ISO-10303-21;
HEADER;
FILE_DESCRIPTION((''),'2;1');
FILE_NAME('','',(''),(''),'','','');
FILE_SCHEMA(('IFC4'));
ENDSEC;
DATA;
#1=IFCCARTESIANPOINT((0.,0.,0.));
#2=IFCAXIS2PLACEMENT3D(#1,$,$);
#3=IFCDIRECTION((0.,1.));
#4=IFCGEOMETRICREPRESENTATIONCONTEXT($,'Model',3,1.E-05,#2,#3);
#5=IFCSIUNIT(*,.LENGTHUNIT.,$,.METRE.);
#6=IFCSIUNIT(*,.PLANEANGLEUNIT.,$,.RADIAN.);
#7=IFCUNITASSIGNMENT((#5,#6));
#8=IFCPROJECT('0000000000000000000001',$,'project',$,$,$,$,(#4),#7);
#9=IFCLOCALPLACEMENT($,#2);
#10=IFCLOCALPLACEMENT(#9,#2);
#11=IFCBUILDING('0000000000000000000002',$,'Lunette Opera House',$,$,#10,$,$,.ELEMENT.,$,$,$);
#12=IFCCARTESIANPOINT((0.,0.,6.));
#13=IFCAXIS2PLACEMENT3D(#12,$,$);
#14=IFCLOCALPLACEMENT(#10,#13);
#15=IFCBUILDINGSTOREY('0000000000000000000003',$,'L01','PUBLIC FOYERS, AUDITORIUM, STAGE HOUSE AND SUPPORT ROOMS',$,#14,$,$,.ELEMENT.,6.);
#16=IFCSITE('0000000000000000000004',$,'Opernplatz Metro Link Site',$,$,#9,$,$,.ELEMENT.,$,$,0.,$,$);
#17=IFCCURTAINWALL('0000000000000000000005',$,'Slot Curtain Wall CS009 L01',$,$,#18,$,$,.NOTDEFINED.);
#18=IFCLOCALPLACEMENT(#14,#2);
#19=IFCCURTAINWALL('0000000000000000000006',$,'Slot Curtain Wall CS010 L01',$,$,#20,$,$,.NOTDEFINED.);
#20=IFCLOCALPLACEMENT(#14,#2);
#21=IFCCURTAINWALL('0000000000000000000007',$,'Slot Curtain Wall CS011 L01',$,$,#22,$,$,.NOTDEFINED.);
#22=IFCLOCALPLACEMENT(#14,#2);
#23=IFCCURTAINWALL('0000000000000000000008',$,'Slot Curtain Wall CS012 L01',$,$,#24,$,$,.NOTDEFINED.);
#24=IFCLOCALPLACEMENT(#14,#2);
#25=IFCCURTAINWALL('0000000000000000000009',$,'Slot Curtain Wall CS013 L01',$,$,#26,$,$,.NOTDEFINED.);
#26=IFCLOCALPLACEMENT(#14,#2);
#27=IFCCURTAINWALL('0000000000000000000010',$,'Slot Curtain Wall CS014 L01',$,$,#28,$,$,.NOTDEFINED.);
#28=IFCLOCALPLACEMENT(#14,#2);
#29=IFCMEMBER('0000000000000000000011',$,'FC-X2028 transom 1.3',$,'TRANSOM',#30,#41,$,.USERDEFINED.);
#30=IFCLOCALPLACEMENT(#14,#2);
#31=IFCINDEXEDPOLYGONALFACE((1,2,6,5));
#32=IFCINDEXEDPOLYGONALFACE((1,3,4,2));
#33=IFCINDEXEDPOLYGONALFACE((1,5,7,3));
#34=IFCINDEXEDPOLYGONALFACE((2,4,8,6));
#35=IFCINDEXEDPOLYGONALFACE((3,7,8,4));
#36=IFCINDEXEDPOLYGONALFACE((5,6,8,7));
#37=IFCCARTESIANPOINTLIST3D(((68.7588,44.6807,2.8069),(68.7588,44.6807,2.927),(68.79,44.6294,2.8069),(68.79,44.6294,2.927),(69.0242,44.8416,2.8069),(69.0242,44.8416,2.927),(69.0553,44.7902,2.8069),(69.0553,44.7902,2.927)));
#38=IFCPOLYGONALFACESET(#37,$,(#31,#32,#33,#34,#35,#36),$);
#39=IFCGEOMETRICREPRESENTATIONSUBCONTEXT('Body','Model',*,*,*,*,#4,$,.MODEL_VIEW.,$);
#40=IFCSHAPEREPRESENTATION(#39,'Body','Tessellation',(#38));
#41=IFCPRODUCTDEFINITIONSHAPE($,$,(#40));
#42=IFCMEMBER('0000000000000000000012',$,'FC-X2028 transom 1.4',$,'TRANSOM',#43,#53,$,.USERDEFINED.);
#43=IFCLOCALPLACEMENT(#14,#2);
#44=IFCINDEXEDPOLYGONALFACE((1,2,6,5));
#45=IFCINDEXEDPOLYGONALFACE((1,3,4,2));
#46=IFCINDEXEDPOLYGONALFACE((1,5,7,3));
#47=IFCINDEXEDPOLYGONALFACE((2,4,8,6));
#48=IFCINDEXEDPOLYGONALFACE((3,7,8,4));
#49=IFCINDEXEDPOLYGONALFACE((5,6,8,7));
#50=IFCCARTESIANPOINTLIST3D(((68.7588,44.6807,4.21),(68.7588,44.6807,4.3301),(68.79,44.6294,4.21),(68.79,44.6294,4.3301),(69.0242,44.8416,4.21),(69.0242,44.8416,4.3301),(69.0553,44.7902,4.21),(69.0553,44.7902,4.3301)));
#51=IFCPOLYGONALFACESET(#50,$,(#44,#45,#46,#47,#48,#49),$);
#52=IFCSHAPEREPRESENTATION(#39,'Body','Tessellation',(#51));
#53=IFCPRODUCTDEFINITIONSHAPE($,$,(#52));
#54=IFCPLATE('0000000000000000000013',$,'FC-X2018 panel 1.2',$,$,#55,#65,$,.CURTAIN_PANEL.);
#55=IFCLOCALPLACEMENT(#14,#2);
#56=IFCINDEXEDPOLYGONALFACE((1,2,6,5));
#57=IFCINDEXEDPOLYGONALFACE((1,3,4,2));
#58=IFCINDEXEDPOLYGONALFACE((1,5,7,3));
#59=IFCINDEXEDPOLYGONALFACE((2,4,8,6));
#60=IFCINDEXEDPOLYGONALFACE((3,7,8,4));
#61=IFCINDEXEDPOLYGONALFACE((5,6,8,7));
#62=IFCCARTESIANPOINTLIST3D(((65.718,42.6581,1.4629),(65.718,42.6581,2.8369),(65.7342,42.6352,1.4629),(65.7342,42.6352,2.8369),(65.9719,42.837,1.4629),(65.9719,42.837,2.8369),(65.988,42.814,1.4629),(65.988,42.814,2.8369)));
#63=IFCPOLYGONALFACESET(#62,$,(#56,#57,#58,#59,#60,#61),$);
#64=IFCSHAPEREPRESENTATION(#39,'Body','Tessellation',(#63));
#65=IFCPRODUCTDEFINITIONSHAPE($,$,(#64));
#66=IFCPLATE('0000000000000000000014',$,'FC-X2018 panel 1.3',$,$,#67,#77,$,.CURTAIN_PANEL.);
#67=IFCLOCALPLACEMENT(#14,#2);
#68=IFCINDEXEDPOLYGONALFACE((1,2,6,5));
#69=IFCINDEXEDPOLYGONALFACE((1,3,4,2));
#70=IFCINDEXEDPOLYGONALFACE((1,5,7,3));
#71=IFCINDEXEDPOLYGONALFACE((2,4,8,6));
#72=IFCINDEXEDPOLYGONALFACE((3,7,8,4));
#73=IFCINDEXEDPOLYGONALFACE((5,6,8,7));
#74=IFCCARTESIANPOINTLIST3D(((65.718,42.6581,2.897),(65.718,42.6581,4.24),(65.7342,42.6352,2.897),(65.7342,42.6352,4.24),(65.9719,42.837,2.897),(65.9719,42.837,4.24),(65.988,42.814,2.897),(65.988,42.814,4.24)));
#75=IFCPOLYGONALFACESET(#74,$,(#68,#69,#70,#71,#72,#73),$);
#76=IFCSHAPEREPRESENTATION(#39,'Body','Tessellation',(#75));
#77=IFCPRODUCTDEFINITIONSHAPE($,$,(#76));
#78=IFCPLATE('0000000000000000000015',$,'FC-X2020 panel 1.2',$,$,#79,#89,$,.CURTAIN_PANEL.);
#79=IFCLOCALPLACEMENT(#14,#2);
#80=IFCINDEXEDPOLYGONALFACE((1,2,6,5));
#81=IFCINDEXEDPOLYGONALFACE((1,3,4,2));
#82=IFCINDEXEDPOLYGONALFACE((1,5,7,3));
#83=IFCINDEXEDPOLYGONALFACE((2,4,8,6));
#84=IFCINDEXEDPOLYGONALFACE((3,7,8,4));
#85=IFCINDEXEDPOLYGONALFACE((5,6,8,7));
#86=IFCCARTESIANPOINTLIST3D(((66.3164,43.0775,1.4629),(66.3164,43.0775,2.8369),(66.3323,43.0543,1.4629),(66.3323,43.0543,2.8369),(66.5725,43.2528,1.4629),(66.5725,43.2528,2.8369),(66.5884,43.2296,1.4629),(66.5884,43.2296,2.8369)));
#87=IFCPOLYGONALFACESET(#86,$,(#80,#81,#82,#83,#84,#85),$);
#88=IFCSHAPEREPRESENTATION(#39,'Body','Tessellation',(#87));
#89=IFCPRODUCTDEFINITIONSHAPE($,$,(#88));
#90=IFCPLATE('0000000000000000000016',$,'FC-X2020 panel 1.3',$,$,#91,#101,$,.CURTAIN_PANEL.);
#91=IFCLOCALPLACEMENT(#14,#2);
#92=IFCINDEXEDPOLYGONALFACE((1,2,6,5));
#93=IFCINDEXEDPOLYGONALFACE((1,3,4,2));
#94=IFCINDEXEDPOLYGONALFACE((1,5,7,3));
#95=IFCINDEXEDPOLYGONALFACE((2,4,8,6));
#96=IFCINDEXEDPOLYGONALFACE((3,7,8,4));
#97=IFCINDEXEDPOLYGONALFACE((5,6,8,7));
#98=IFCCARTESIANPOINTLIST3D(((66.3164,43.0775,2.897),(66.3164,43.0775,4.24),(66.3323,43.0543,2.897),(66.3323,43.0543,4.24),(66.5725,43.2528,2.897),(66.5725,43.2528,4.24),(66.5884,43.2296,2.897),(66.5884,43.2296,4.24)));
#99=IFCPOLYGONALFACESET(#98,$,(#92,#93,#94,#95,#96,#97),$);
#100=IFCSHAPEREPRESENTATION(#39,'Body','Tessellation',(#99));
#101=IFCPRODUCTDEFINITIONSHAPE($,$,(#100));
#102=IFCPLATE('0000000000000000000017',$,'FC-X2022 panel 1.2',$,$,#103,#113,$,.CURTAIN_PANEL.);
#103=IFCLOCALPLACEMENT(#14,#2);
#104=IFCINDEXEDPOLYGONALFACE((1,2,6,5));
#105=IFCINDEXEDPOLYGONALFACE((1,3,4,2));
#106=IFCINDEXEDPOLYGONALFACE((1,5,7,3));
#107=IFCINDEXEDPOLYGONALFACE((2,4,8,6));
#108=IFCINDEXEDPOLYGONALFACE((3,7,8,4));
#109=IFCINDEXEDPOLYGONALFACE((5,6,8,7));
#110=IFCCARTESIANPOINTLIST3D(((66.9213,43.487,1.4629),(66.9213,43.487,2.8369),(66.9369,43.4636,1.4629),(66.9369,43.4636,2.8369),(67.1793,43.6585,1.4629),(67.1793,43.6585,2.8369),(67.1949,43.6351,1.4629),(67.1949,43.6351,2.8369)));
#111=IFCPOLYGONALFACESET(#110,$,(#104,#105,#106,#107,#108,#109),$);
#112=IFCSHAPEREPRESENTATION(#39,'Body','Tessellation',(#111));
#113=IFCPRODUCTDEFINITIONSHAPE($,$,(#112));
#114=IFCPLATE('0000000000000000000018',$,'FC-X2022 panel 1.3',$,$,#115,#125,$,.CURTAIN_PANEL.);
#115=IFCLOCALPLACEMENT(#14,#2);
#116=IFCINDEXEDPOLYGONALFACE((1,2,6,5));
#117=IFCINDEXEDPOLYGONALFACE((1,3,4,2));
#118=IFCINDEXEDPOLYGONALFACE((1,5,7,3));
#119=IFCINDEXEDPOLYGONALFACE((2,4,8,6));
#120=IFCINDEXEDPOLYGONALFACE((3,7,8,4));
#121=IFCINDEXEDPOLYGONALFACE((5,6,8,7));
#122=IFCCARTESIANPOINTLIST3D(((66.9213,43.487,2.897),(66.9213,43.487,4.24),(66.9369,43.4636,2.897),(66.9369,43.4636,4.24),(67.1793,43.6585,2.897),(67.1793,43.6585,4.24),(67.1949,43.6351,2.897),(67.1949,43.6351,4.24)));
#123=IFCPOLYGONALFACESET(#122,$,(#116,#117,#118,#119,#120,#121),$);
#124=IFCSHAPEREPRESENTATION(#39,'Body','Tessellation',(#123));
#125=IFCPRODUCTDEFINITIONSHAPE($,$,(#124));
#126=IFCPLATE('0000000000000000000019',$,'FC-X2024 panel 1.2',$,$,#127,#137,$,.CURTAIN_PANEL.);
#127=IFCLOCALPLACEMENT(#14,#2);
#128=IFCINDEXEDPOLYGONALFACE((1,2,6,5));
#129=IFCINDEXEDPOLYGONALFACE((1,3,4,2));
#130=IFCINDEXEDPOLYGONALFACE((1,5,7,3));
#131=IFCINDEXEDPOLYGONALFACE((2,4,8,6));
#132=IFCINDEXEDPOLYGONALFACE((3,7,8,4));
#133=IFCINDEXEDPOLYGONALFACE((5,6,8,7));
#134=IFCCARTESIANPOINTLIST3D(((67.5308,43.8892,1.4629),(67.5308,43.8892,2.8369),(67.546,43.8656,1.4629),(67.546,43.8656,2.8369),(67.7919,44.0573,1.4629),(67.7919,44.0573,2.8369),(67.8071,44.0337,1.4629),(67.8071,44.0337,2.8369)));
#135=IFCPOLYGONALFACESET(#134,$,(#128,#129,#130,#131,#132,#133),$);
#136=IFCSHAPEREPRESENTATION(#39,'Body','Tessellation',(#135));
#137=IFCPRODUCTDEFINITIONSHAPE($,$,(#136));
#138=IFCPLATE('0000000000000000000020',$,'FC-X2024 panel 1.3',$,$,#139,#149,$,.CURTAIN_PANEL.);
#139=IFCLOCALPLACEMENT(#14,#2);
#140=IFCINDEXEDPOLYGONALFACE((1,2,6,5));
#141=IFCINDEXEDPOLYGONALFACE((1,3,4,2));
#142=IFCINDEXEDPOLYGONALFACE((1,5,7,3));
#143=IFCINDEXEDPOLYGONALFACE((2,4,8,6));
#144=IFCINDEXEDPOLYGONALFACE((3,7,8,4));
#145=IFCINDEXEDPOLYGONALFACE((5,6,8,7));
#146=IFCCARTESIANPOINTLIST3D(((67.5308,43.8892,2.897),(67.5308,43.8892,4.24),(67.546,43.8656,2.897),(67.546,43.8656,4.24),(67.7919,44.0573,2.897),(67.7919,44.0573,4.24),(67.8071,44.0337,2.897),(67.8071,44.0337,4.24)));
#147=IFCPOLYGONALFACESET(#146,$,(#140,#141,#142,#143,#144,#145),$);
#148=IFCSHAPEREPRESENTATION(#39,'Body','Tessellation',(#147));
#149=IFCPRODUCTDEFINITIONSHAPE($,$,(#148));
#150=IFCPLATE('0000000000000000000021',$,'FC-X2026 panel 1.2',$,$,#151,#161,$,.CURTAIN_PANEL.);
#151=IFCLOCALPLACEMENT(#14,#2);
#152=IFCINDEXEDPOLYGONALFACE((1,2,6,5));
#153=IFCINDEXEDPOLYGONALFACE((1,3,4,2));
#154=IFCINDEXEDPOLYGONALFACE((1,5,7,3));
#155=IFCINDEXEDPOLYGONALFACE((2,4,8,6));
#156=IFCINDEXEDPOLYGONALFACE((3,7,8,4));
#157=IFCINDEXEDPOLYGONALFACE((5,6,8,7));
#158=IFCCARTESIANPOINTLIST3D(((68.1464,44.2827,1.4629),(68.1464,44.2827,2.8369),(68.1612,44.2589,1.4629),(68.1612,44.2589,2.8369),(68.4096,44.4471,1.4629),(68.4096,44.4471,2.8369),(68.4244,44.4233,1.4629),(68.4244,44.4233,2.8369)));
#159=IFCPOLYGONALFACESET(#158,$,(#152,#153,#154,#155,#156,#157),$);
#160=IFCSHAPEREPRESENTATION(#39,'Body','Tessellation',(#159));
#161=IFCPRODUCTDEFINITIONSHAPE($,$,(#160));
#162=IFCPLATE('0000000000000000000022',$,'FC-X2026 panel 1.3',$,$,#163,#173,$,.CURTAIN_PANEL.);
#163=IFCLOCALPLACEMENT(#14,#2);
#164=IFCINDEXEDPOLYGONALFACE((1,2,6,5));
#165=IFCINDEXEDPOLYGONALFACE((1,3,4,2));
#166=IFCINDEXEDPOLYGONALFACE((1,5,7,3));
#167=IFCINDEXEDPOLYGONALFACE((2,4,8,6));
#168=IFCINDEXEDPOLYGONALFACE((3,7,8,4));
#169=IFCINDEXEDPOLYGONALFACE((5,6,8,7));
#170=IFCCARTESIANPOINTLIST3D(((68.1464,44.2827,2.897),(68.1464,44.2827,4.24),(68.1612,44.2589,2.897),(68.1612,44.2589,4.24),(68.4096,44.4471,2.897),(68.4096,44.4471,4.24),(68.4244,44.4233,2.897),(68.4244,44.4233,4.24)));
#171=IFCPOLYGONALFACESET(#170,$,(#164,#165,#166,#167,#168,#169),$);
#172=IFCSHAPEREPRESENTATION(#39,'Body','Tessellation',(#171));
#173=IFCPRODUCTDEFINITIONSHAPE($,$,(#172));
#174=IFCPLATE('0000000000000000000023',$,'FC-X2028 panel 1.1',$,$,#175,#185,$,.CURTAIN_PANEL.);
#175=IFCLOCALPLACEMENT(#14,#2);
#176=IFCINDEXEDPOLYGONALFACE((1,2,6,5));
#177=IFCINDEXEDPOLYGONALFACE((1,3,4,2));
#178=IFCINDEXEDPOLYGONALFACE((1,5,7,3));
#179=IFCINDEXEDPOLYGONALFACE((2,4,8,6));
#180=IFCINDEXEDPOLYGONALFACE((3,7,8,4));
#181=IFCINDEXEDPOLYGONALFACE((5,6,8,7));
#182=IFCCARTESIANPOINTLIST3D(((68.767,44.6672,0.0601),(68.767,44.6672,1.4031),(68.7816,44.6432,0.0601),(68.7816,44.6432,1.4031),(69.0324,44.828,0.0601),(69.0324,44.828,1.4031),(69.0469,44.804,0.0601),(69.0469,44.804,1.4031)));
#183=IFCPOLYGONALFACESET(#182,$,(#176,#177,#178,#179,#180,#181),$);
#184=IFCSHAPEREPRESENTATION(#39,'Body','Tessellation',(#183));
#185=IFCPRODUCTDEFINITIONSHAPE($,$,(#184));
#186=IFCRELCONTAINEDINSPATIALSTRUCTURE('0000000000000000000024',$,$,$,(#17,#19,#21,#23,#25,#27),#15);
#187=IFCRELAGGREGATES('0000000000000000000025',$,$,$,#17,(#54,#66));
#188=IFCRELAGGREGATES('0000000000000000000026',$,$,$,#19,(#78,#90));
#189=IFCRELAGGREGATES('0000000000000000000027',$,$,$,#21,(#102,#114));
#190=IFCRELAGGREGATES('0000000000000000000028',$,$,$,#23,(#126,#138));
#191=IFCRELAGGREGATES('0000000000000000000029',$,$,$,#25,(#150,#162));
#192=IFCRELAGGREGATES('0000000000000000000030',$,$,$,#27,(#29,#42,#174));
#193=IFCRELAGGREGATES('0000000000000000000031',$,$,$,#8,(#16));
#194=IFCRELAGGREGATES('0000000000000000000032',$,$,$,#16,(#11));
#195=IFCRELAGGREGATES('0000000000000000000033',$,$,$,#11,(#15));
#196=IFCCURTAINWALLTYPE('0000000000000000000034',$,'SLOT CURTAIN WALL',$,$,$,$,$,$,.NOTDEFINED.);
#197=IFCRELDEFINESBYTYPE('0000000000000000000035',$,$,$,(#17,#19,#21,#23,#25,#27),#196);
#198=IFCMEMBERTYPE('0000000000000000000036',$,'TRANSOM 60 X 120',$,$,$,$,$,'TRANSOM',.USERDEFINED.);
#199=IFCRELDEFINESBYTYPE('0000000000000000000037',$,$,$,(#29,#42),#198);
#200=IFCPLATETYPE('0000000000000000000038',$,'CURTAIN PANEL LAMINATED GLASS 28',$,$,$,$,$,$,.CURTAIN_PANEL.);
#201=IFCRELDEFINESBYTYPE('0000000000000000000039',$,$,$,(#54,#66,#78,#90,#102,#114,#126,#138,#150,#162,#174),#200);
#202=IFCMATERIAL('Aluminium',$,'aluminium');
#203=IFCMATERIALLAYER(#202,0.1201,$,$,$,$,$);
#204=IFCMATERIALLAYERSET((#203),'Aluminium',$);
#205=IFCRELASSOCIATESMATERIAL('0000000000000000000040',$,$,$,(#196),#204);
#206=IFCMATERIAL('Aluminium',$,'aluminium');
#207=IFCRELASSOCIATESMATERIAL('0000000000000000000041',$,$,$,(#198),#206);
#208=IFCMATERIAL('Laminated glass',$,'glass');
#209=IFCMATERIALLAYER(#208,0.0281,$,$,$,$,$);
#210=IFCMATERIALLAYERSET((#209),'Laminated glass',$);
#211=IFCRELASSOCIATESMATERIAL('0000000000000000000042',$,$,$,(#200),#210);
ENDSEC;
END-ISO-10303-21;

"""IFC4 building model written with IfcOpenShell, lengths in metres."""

from ifc_helpers import new_model, si_unit, direction, frame, origin, origin_2d, place, context, subcontext, project, spatial, rectangle, extrude, material, layer, layer_set, material_profile, profile_set, type_object, element, aggregate, save


model = new_model("IFC4")

# Units and contexts
model_context = context("Model", 3, precision=1e-05, world=origin(), true_north=direction((0.0, 1.0)))
body_context = subcontext(model_context, "Body", "Model", "MODEL_VIEW")
ifc_project = project(units=[si_unit("LENGTHUNIT", "METRE"), si_unit("PLANEANGLEUNIT", "RADIAN")], contexts=[model_context])

# Site, building, storey
site_placement = place(None, origin())
site = spatial("IfcSite", under=ifc_project, at=site_placement, Name="Opernplatz Metro Link Site", CompositionType="ELEMENT", RefElevation=0.0)
building_placement = place(site_placement, origin())
building = spatial("IfcBuilding", under=site, at=building_placement, Name="Lunette Opera House", CompositionType="ELEMENT")
storey_placement = place(building_placement, frame((0.0, 0.0, 6.0)))
storey = spatial("IfcBuildingStorey", under=building, at=storey_placement, Name="L01", Description="PUBLIC FOYERS, AUDITORIUM, STAGE HOUSE AND SUPPORT ROOMS", CompositionType="ELEMENT", Elevation=6.0)

# Curtain walls, members
ifc_material_1 = material(Name="Aluminium", Category="aluminium")
ifc_layer_1 = layer(ifc_material_1, 0.1201)
ifc_layer_set_1 = layer_set([ifc_layer_1], Name="Aluminium")
curtain_wall_type = type_object("IfcCurtainWallType", Name="SLOT CURTAIN WALL", PredefinedType="NOTDEFINED", material=ifc_layer_set_1)
curtain_wall_1_placement = place(storey_placement, origin())
curtain_wall_1 = element("IfcCurtainWall", 1, at=curtain_wall_1_placement, inside=storey, type_object=curtain_wall_type, Name="Slot Curtain Wall CS009 L01", PredefinedType="NOTDEFINED")
ifc_material_2 = material(Name="Aluminium", Category="aluminium")
ifc_material_profile = material_profile(ifc_material_2, rectangle(XDim=0.0601, YDim=0.1201, at=origin_2d()), Name="TRANSOM 60 X 120")
ifc_profile_set = profile_set([ifc_material_profile], Name="Aluminium")
member_type = type_object("IfcMemberType", Name="TRANSOM 60 X 120", ElementType="TRANSOM", PredefinedType="USERDEFINED", material=ifc_profile_set)
curtain_wall_2_placement = place(storey_placement, origin())
curtain_wall_2 = element("IfcCurtainWall", 2, at=curtain_wall_2_placement, inside=storey, type_object=curtain_wall_type, Name="Slot Curtain Wall CS010 L01", PredefinedType="NOTDEFINED")
curtain_wall_3_placement = place(storey_placement, origin())
curtain_wall_3 = element("IfcCurtainWall", 3, at=curtain_wall_3_placement, inside=storey, type_object=curtain_wall_type, Name="Slot Curtain Wall CS011 L01", PredefinedType="NOTDEFINED")
curtain_wall_4_placement = place(storey_placement, origin())
curtain_wall_4 = element("IfcCurtainWall", 4, at=curtain_wall_4_placement, inside=storey, type_object=curtain_wall_type, Name="Slot Curtain Wall CS012 L01", PredefinedType="NOTDEFINED")
curtain_wall_5_placement = place(storey_placement, origin())
curtain_wall_5 = element("IfcCurtainWall", 5, at=curtain_wall_5_placement, inside=storey, type_object=curtain_wall_type, Name="Slot Curtain Wall CS013 L01", PredefinedType="NOTDEFINED")
curtain_wall_6_placement = place(storey_placement, origin())
curtain_wall_6 = element("IfcCurtainWall", 6, at=curtain_wall_6_placement, inside=storey, type_object=curtain_wall_type, Name="Slot Curtain Wall CS014 L01", PredefinedType="NOTDEFINED")
member_1_placement = place(storey_placement, frame((68.7744, 44.655, 2.8669), z_axis=(0.855124, 0.518424, 0.0), x_axis=(-0.518424, 0.855124, 0.0)))
member_1 = element("IfcMember", 7, at=member_1_placement, type_object=member_type, Name="FC-X2028 transom 1.3", ObjectType="TRANSOM", PredefinedType="USERDEFINED", context=body_context, shape_type="SweptSolid", body=[
    extrude(rectangle(XDim=0.0601, YDim=0.1201, at=origin_2d()), origin(), (0.0, 0.0, 1.0), 0.3103),
])
member_2_placement = place(storey_placement, frame((68.7744, 44.655, 4.27), z_axis=(0.855124, 0.518424, 0.0), x_axis=(-0.518424, 0.855124, 0.0)))
member_2 = element("IfcMember", 8, at=member_2_placement, type_object=member_type, Name="FC-X2028 transom 1.4", ObjectType="TRANSOM", PredefinedType="USERDEFINED", context=body_context, shape_type="SweptSolid", body=[
    extrude(rectangle(XDim=0.0601, YDim=0.1201, at=origin_2d()), origin(), (0.0, 0.0, 1.0), 0.3103),
])

# Plates
ifc_material_3 = material(Name="Laminated glass", Category="glass")
ifc_layer_2 = layer(ifc_material_3, 0.0281)
ifc_layer_set_2 = layer_set([ifc_layer_2], Name="Laminated glass")
plate_type = type_object("IfcPlateType", Name="CURTAIN PANEL LAMINATED GLASS 28", PredefinedType="CURTAIN_PANEL", material=ifc_layer_set_2)
plate_1_placement = place(storey_placement, frame((65.853, 42.7361, 1.4629), z_axis=(0.0, 0.0, 1.0), x_axis=(0.817482, 0.575954, 0.0)))
plate_1 = element("IfcPlate", 9, at=plate_1_placement, type_object=plate_type, Name="FC-X2018 panel 1.2", PredefinedType="CURTAIN_PANEL", context=body_context, shape_type="SweptSolid", body=[
    extrude(rectangle(XDim=0.3105, YDim=0.0281, at=origin_2d()), origin(), (0.0, 0.0, 1.0), 1.374),
])
plate_2_placement = place(storey_placement, frame((65.853, 42.7361, 2.897), z_axis=(0.0, 0.0, 1.0), x_axis=(0.817482, 0.575954, 0.0)))
plate_2 = element("IfcPlate", 10, at=plate_2_placement, type_object=plate_type, Name="FC-X2018 panel 1.3", PredefinedType="CURTAIN_PANEL", context=body_context, shape_type="SweptSolid", body=[
    extrude(rectangle(XDim=0.3105, YDim=0.0281, at=origin_2d()), origin(), (0.0, 0.0, 1.0), 1.343),
])
aggregate(curtain_wall_1, [plate_1, plate_2])
plate_3_placement = place(storey_placement, frame((66.4524, 43.1536, 1.4629), z_axis=(0.0, 0.0, 1.0), x_axis=(0.825193, 0.564851, 0.0)))
plate_3 = element("IfcPlate", 11, at=plate_3_placement, type_object=plate_type, Name="FC-X2020 panel 1.2", PredefinedType="CURTAIN_PANEL", context=body_context, shape_type="SweptSolid", body=[
    extrude(rectangle(XDim=0.3103, YDim=0.0281, at=origin_2d()), origin(), (0.0, 0.0, 1.0), 1.374),
])
plate_4_placement = place(storey_placement, frame((66.4524, 43.1536, 2.897), z_axis=(0.0, 0.0, 1.0), x_axis=(0.825193, 0.564851, 0.0)))
plate_4 = element("IfcPlate", 12, at=plate_4_placement, type_object=plate_type, Name="FC-X2020 panel 1.3", PredefinedType="CURTAIN_PANEL", context=body_context, shape_type="SweptSolid", body=[
    extrude(rectangle(XDim=0.3103, YDim=0.0281, at=origin_2d()), origin(), (0.0, 0.0, 1.0), 1.343),
])
aggregate(curtain_wall_2, [plate_3, plate_4])
plate_5_placement = place(storey_placement, frame((67.0581, 43.561, 1.4629), z_axis=(0.0, 0.0, 1.0), x_axis=(0.832765, 0.553626, 0.0)))
plate_5 = element("IfcPlate", 13, at=plate_5_placement, type_object=plate_type, Name="FC-X2022 panel 1.2", PredefinedType="CURTAIN_PANEL", context=body_context, shape_type="SweptSolid", body=[
    extrude(rectangle(XDim=0.3098, YDim=0.0281, at=origin_2d()), origin(), (0.0, 0.0, 1.0), 1.374),
])
plate_6_placement = place(storey_placement, frame((67.0581, 43.561, 2.897), z_axis=(0.0, 0.0, 1.0), x_axis=(0.832765, 0.553626, 0.0)))
plate_6 = element("IfcPlate", 14, at=plate_6_placement, type_object=plate_type, Name="FC-X2022 panel 1.3", PredefinedType="CURTAIN_PANEL", context=body_context, shape_type="SweptSolid", body=[
    extrude(rectangle(XDim=0.3098, YDim=0.0281, at=origin_2d()), origin(), (0.0, 0.0, 1.0), 1.343),
])
aggregate(curtain_wall_3, [plate_5, plate_6])
plate_7_placement = place(storey_placement, frame((67.6689, 43.9614, 1.4629), z_axis=(0.0, 0.0, 1.0), x_axis=(0.840876, 0.541227, 0.0)))
plate_7 = element("IfcPlate", 15, at=plate_7_placement, type_object=plate_type, Name="FC-X2024 panel 1.2", PredefinedType="CURTAIN_PANEL", context=body_context, shape_type="SweptSolid", body=[
    extrude(rectangle(XDim=0.3105, YDim=0.0281, at=origin_2d()), origin(), (0.0, 0.0, 1.0), 1.374),
])
plate_8_placement = place(storey_placement, frame((67.6689, 43.9614, 2.897), z_axis=(0.0, 0.0, 1.0), x_axis=(0.840876, 0.541227, 0.0)))
plate_8 = element("IfcPlate", 16, at=plate_8_placement, type_object=plate_type, Name="FC-X2024 panel 1.3", PredefinedType="CURTAIN_PANEL", context=body_context, shape_type="SweptSolid", body=[
    extrude(rectangle(XDim=0.3105, YDim=0.0281, at=origin_2d()), origin(), (0.0, 0.0, 1.0), 1.343),
])
aggregate(curtain_wall_4, [plate_7, plate_8])
plate_9_placement = place(storey_placement, frame((68.2854, 44.353, 1.4629), z_axis=(0.0, 0.0, 1.0), x_axis=(0.848129, 0.52979, 0.0)))
plate_9 = element("IfcPlate", 17, at=plate_9_placement, type_object=plate_type, Name="FC-X2026 panel 1.2", PredefinedType="CURTAIN_PANEL", context=body_context, shape_type="SweptSolid", body=[
    extrude(rectangle(XDim=0.3103, YDim=0.0281, at=origin_2d()), origin(), (0.0, 0.0, 1.0), 1.374),
])
plate_10_placement = place(storey_placement, frame((68.2854, 44.353, 2.897), z_axis=(0.0, 0.0, 1.0), x_axis=(0.848129, 0.52979, 0.0)))
plate_10 = element("IfcPlate", 18, at=plate_10_placement, type_object=plate_type, Name="FC-X2026 panel 1.3", PredefinedType="CURTAIN_PANEL", context=body_context, shape_type="SweptSolid", body=[
    extrude(rectangle(XDim=0.3103, YDim=0.0281, at=origin_2d()), origin(), (0.0, 0.0, 1.0), 1.343),
])
aggregate(curtain_wall_5, [plate_9, plate_10])
plate_11_placement = place(storey_placement, frame((68.907, 44.7356, 0.0601), z_axis=(0.0, 0.0, 1.0), x_axis=(0.855229, 0.51825, 0.0)))
plate_11 = element("IfcPlate", 19, at=plate_11_placement, type_object=plate_type, Name="FC-X2028 panel 1.1", PredefinedType="CURTAIN_PANEL", context=body_context, shape_type="SweptSolid", body=[
    extrude(rectangle(XDim=0.3103, YDim=0.0281, at=origin_2d()), origin(), (0.0, 0.0, 1.0), 1.343),
])
aggregate(curtain_wall_6, [member_1, member_2, plate_11])

save(model, "model.ifc")
